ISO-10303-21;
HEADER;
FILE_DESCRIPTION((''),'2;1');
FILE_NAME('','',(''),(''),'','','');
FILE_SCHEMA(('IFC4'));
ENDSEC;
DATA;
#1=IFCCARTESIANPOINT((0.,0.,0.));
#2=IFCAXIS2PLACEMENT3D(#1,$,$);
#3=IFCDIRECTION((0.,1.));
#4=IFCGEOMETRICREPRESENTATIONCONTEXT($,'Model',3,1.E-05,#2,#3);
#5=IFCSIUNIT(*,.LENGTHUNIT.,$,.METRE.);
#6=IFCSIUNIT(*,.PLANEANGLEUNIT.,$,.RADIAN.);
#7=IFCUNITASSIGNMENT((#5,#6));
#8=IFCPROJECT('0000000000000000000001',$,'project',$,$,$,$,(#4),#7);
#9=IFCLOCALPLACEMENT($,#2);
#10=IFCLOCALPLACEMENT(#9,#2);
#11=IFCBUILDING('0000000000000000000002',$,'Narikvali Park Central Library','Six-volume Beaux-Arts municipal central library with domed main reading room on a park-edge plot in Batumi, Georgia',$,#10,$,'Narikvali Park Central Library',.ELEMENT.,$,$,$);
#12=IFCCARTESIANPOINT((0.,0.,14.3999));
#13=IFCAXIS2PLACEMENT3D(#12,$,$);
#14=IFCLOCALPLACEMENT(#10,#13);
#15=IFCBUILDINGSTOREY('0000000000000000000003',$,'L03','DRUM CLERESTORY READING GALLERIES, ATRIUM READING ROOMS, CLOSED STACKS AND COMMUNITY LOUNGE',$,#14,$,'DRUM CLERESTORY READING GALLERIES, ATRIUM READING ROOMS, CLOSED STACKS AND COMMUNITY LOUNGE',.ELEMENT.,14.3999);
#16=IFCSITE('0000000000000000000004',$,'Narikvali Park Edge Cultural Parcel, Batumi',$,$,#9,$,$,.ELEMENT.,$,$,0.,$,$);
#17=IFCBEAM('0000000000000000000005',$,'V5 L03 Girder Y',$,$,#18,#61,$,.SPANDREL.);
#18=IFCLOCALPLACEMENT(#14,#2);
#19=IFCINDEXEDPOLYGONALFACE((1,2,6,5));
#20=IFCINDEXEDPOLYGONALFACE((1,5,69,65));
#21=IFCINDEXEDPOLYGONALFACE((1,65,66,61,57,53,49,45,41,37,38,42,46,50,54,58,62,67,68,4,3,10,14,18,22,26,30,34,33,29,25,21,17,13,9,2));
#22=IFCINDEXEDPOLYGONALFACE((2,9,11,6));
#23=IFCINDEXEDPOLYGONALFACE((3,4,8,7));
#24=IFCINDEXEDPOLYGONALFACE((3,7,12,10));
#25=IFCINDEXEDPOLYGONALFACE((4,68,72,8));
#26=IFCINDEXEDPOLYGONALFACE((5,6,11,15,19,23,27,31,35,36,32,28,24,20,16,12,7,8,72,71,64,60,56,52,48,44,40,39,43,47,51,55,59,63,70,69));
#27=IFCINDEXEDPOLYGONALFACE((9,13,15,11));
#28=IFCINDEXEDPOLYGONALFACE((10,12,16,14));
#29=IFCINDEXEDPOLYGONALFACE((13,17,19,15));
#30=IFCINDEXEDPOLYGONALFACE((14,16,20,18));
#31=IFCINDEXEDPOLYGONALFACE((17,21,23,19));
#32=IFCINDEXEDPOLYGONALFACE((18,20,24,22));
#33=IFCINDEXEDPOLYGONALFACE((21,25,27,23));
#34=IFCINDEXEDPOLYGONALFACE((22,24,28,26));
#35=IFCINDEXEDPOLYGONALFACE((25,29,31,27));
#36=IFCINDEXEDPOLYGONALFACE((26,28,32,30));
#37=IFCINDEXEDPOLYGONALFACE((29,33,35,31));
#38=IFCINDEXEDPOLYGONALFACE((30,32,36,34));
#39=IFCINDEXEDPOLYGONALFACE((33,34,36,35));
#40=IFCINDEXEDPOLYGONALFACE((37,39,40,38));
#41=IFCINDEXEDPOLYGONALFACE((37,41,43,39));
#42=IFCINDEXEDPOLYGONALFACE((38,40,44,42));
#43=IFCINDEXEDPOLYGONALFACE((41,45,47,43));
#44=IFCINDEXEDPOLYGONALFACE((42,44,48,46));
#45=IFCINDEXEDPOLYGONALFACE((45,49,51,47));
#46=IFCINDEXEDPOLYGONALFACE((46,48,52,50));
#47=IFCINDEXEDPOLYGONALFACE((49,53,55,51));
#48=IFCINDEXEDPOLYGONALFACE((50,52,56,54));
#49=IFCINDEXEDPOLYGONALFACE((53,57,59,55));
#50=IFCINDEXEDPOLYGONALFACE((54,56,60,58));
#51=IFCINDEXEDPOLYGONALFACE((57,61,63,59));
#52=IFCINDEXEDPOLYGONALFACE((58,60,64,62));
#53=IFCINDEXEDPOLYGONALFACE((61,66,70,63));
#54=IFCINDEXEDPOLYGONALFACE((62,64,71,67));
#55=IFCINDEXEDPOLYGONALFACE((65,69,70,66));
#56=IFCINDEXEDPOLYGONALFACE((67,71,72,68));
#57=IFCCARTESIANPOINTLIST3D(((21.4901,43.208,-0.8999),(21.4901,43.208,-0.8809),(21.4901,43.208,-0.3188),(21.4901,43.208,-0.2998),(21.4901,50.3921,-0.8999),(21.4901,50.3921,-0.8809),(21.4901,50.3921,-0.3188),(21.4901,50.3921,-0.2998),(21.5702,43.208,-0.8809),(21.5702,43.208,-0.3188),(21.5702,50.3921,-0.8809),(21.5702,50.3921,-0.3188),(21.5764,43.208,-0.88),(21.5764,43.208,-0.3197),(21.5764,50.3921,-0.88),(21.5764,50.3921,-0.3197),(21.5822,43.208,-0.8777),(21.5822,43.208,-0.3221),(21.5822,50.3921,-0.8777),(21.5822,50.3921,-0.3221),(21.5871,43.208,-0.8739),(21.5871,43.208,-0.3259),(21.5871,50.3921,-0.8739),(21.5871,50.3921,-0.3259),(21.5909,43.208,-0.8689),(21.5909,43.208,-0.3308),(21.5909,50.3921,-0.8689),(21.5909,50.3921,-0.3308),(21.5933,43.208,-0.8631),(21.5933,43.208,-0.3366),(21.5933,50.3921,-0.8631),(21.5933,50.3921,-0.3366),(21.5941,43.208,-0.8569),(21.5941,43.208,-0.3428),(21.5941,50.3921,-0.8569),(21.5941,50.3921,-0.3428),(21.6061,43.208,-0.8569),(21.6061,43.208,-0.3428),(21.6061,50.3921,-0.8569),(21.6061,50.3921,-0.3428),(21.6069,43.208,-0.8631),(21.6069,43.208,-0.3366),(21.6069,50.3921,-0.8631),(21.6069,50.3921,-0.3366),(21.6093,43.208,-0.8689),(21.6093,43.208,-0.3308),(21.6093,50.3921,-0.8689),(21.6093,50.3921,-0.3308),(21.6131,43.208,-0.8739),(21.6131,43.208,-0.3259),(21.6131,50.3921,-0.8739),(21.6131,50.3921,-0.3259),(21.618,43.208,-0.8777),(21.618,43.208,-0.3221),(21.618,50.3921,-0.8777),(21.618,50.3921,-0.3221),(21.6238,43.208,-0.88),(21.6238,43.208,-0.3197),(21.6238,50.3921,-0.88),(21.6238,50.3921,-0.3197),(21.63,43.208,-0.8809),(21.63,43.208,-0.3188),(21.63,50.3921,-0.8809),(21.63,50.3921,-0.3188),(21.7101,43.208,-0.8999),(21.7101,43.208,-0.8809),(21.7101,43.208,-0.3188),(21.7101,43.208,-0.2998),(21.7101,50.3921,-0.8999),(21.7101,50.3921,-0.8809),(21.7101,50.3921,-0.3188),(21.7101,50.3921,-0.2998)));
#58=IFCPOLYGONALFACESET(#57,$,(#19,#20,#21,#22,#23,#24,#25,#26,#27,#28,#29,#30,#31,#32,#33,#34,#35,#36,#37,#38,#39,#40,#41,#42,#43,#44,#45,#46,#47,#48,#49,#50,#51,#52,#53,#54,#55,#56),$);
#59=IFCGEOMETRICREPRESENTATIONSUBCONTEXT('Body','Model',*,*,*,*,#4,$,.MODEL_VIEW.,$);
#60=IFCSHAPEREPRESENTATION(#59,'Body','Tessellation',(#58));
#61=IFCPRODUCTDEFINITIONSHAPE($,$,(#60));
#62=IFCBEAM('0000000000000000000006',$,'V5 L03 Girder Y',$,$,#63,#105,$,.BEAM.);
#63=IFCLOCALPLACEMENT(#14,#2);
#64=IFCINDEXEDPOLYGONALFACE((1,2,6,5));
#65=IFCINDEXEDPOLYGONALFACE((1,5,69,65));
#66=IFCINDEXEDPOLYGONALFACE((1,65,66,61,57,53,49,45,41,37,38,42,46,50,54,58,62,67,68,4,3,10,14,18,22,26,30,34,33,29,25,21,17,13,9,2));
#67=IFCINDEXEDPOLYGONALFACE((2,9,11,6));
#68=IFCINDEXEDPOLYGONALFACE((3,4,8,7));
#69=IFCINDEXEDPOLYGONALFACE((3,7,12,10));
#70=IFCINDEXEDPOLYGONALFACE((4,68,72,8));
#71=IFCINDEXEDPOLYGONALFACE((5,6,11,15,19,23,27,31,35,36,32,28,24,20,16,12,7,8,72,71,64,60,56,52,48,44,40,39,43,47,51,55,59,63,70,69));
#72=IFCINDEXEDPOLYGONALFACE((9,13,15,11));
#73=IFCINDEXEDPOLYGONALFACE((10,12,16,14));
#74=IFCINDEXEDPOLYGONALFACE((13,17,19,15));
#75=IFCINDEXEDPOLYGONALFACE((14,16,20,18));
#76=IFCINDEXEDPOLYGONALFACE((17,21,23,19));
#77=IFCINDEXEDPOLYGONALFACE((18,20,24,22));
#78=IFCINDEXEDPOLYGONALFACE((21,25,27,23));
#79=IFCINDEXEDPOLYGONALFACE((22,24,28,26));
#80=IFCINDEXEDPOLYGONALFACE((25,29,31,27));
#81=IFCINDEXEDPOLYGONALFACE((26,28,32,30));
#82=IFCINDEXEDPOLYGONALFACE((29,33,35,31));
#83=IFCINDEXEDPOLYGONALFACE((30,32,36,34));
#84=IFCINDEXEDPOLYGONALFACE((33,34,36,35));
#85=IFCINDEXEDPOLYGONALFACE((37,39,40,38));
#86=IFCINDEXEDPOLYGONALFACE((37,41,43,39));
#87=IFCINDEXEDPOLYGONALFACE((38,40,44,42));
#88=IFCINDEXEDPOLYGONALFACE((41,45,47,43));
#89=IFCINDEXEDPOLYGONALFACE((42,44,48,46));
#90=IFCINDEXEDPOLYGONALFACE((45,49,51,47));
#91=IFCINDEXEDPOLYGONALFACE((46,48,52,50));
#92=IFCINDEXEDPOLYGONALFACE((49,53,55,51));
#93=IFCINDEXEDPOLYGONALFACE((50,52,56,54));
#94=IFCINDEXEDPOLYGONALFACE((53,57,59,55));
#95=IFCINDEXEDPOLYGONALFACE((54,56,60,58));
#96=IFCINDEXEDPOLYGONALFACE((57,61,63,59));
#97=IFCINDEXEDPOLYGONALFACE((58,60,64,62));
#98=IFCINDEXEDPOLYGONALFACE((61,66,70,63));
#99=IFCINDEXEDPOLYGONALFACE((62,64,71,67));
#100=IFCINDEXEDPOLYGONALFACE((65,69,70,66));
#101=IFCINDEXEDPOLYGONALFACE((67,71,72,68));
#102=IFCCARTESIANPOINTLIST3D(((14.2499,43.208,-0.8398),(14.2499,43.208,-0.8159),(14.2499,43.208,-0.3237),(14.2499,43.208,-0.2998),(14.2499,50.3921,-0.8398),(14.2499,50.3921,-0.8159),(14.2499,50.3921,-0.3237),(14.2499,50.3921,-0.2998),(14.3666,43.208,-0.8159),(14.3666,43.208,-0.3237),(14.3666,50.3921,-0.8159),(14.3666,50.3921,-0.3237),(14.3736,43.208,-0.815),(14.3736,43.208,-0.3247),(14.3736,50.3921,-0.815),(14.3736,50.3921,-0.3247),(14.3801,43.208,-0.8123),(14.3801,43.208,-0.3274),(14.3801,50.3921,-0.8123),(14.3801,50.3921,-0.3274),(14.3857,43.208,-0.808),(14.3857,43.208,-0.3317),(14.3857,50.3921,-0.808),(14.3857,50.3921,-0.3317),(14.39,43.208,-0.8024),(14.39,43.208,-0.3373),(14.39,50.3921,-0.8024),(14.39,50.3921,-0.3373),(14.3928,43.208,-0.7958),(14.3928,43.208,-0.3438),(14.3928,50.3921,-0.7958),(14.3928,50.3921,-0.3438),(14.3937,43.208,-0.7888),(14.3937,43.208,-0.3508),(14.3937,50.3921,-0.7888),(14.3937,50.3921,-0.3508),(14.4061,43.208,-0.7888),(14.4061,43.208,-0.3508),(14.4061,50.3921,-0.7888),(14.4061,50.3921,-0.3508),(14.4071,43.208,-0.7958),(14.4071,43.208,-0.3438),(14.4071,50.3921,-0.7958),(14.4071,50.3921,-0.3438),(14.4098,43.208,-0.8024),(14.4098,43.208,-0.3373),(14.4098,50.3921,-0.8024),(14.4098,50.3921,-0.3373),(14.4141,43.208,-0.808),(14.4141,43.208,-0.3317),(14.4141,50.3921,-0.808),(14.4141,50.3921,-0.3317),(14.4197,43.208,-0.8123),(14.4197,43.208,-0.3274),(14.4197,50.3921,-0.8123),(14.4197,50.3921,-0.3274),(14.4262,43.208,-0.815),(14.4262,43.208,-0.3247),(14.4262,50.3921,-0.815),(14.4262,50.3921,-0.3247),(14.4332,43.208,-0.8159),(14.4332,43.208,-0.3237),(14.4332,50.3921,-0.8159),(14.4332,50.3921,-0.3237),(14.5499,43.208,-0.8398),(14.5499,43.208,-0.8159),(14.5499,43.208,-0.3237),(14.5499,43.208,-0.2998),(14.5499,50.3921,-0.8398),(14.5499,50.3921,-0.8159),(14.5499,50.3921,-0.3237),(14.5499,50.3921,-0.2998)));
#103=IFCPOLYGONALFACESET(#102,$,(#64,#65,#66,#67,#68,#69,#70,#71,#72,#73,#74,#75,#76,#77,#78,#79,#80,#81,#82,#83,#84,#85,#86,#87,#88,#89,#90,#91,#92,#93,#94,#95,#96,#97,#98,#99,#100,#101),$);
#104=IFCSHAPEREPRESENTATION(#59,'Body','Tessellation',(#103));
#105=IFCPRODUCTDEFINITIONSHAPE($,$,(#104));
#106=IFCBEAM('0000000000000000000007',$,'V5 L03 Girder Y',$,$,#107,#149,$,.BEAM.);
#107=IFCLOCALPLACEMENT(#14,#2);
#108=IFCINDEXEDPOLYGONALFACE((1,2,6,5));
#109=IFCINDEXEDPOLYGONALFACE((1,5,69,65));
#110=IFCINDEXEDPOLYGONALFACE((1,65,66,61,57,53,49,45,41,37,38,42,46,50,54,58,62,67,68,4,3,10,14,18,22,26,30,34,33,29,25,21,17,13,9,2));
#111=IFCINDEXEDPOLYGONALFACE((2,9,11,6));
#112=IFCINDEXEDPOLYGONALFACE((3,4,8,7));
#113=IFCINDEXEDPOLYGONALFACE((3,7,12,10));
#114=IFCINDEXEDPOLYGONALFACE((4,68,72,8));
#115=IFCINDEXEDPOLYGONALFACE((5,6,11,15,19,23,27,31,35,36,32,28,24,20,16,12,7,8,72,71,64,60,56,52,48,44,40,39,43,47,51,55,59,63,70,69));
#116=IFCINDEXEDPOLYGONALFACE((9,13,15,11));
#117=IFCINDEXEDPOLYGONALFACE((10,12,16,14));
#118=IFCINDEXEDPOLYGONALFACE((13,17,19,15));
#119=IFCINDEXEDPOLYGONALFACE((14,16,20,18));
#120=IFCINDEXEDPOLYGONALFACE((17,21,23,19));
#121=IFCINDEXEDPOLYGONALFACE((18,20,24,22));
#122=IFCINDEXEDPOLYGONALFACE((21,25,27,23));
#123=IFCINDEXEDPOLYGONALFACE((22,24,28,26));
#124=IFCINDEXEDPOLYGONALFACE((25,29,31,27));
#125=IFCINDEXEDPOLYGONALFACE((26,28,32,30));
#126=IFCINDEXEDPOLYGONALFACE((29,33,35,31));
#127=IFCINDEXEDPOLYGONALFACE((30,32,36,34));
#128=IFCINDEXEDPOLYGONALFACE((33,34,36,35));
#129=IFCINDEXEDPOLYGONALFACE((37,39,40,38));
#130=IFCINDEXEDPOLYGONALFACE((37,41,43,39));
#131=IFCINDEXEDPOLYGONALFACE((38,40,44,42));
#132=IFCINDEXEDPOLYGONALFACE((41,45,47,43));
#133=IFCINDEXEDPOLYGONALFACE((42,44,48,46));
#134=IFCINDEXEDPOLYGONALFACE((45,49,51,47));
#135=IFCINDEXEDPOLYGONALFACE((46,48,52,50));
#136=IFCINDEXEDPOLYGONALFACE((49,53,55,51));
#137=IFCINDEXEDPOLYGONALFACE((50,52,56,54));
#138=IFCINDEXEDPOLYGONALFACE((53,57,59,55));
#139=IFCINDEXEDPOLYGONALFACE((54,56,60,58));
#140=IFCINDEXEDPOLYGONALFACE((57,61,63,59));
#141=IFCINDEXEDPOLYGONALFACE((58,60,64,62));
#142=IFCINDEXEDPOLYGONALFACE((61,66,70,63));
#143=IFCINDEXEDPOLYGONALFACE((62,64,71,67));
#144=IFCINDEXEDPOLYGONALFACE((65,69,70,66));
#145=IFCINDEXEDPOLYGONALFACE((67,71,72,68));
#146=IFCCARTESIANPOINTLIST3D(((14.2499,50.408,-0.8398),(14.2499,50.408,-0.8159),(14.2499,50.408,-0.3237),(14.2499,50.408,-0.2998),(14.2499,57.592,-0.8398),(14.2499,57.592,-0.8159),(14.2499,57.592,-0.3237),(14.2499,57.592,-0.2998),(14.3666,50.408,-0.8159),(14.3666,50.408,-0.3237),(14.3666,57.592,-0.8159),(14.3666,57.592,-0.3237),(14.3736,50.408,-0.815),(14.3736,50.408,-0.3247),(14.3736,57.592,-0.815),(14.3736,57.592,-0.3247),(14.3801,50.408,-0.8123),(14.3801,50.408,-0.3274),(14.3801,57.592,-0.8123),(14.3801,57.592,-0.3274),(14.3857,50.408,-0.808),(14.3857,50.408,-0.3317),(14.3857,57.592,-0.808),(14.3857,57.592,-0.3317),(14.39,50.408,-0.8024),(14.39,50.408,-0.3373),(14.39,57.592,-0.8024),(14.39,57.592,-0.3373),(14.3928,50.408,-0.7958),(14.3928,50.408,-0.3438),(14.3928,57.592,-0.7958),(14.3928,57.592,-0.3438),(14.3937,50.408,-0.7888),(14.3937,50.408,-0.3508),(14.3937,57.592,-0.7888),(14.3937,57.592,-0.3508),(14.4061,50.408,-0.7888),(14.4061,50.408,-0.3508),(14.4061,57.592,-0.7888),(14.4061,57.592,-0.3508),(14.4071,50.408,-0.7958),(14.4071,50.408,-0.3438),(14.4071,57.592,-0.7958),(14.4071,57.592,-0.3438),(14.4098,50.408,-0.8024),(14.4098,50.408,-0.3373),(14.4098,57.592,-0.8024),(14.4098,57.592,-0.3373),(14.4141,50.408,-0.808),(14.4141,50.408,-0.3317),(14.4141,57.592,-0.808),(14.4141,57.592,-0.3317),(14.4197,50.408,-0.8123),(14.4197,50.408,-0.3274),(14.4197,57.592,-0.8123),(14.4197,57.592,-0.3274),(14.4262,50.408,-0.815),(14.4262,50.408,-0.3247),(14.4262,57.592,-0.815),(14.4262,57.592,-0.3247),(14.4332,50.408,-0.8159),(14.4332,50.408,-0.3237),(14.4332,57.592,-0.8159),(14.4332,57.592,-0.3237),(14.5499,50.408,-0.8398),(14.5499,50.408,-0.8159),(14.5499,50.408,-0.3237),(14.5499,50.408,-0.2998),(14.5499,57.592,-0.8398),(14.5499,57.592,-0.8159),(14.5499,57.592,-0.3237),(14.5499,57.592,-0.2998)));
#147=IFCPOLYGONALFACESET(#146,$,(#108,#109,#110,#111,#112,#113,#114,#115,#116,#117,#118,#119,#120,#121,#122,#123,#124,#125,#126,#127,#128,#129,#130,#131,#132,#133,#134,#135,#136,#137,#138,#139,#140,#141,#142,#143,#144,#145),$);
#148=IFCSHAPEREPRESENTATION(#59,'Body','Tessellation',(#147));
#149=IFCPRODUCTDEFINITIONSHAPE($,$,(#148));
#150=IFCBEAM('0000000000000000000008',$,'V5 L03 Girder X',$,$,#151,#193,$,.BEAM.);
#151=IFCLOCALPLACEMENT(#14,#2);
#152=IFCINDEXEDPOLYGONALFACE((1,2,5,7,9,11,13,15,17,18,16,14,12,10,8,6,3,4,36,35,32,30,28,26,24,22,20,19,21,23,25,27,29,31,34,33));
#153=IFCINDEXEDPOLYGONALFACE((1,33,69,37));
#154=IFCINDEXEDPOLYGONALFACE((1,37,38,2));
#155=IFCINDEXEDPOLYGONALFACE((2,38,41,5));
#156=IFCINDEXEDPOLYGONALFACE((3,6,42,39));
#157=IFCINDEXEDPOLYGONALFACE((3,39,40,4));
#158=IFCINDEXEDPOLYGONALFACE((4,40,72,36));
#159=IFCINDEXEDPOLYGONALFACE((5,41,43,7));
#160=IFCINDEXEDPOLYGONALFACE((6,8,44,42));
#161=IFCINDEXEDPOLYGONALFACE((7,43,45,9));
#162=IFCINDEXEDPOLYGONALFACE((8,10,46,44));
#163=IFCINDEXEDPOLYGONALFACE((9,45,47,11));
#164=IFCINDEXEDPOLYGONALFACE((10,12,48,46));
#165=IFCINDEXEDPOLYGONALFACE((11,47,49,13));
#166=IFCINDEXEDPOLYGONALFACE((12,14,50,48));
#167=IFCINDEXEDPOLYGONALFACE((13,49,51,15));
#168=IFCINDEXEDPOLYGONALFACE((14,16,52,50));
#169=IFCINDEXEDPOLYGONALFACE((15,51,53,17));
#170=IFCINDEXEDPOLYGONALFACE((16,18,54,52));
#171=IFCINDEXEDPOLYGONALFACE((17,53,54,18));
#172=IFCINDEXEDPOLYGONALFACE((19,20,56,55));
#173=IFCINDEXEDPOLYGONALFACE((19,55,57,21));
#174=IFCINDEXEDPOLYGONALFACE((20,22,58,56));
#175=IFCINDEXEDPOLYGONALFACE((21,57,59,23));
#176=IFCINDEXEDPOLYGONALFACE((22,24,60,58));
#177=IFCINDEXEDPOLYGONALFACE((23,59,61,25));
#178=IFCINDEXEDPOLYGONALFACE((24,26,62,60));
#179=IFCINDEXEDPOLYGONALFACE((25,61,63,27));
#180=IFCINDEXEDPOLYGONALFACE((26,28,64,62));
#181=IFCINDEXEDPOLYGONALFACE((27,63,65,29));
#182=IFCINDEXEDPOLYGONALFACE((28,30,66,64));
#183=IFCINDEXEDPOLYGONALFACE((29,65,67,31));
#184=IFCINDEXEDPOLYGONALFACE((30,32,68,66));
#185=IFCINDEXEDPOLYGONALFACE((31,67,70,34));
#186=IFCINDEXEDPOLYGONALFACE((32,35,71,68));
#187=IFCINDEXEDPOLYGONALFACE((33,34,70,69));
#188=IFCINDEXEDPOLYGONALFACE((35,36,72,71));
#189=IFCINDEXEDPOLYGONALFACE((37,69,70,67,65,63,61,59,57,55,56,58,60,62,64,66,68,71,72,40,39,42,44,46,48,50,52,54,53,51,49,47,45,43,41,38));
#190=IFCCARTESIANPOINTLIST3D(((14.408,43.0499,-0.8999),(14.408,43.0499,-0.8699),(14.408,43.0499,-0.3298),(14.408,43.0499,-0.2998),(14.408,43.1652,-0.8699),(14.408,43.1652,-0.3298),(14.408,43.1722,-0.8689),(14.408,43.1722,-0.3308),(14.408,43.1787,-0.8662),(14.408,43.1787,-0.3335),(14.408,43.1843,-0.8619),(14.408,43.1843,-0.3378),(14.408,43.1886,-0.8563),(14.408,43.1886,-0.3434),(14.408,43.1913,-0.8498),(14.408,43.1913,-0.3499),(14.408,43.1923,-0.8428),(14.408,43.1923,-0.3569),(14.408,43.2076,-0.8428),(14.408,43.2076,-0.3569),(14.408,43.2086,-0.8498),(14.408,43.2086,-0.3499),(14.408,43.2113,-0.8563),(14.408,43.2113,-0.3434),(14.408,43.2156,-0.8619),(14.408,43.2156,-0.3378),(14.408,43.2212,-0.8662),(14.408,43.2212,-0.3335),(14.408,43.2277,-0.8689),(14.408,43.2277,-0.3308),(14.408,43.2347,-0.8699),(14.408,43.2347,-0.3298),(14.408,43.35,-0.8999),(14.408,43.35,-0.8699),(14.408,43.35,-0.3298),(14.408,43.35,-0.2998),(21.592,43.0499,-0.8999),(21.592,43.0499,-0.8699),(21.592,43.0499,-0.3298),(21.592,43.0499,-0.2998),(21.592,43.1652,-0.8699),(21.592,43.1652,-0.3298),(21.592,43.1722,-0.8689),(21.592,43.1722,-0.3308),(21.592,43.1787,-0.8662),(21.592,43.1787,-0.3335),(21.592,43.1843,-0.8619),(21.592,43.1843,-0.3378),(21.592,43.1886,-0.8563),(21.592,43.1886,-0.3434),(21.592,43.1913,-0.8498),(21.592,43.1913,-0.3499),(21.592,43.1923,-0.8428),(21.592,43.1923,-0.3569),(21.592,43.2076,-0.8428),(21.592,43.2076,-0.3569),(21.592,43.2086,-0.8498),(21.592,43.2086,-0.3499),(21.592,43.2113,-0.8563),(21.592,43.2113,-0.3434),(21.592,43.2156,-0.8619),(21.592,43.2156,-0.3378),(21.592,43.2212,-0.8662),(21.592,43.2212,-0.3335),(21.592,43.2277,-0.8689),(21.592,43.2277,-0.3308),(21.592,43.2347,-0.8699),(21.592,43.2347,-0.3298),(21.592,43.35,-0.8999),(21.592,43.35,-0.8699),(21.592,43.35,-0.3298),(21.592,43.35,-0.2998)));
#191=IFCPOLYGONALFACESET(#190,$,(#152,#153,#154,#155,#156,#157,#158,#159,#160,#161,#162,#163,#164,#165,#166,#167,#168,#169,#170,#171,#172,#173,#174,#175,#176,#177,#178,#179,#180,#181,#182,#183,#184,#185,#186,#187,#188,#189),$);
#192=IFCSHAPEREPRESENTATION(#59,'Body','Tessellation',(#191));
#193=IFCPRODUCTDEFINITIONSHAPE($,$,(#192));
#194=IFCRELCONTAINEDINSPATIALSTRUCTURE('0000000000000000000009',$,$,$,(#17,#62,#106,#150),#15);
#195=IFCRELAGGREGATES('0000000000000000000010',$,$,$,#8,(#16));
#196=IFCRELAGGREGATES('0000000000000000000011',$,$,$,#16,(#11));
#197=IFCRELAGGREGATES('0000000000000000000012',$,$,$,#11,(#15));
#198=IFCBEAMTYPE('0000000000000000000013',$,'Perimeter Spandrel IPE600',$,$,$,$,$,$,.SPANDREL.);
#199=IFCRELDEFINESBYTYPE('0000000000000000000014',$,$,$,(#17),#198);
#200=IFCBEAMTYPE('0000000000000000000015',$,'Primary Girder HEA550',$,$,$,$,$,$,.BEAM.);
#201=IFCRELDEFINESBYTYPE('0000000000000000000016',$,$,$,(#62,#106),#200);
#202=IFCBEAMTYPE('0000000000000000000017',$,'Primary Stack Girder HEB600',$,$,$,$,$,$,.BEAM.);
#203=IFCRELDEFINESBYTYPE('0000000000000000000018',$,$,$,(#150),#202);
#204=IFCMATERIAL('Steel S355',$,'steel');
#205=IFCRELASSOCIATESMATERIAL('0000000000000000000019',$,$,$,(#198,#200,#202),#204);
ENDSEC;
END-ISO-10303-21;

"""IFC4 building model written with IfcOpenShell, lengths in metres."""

from ifc_helpers import new_model, si_unit, direction, frame, origin, origin_2d, place, context, subcontext, project, spatial, i_section, extrude, material, material_profile, profile_set, type_object, element, save


model = new_model("IFC4")

# Units and contexts
model_context = context("Model", 3, precision=1e-05, world=origin(), true_north=direction((0.0, 1.0)))
body_context = subcontext(model_context, "Body", "Model", "MODEL_VIEW")
ifc_project = project(units=[si_unit("LENGTHUNIT", "METRE"), si_unit("PLANEANGLEUNIT", "RADIAN")], contexts=[model_context])

# Site, building, storey
site_placement = place(None, origin())
site = spatial("IfcSite", under=ifc_project, at=site_placement, Name="Narikvali Park Edge Cultural Parcel, Batumi", CompositionType="ELEMENT", RefElevation=0.0)
building_placement = place(site_placement, origin())
building = spatial("IfcBuilding", under=site, at=building_placement, Name="Narikvali Park Central Library", Description="Six-volume Beaux-Arts municipal central library with domed main reading room on a park-edge plot in Batumi, Georgia", LongName="Narikvali Park Central Library", CompositionType="ELEMENT")
storey_placement = place(building_placement, frame((0.0, 0.0, 14.3999)))
storey = spatial("IfcBuildingStorey", under=building, at=storey_placement, Name="L03", Description="DRUM CLERESTORY READING GALLERIES, ATRIUM READING ROOMS, CLOSED STACKS AND COMMUNITY LOUNGE", LongName="DRUM CLERESTORY READING GALLERIES, ATRIUM READING ROOMS, CLOSED STACKS AND COMMUNITY LOUNGE", CompositionType="ELEMENT", Elevation=14.3999)

# Shared definitions
ifc_material_1 = material(Name="Steel S355", Category="steel")

# Beams
ifc_material_profile_1 = material_profile(ifc_material_1, i_section(OverallWidth=0.22, OverallDepth=0.6001, WebThickness=0.012, FlangeThickness=0.019, FilletRadius=0.0239, at=origin_2d()), Name="IPE 600")
ifc_profile_set_1 = profile_set([ifc_material_profile_1], Name="Steel S355")
beam_type_1 = type_object("IfcBeamType", Name="Perimeter Spandrel IPE600", PredefinedType="SPANDREL", material=ifc_profile_set_1)
beam_placement = place(storey_placement, frame((21.6001, 43.208, -0.5999), z_axis=(0.0, 1.0, 0.0), x_axis=(-1.0, 0.0, 0.0)))
element("IfcBeam", 1, at=beam_placement, inside=storey, type_object=beam_type_1, Name="V5 L03 Girder Y", PredefinedType="SPANDREL", context=body_context, shape_type="SweptSolid", body=[
    extrude(i_section(OverallWidth=0.22, OverallDepth=0.6001, WebThickness=0.012, FlangeThickness=0.019, FilletRadius=0.0239, at=origin_2d()), origin(), (0.0, 0.0, 1.0), 7.1841),
])
ifc_material_profile_2 = material_profile(ifc_material_1, i_section(OverallWidth=0.3, OverallDepth=0.54, WebThickness=0.0125, FlangeThickness=0.0239, FilletRadius=0.0271, at=origin_2d()), Name="HEA 550")
ifc_profile_set_2 = profile_set([ifc_material_profile_2], Name="Steel S355")
beam_type_2 = type_object("IfcBeamType", Name="Primary Girder HEA550", PredefinedType="BEAM", material=ifc_profile_set_2)
for number, where, z_axis, x_axis, name in (
    (2, (14.3999, 43.208, -0.5698), (0.0, 1.0, 0.0), (-1.0, 0.0, 0.0), "V5 L03 Girder Y"),
    (3, (14.3999, 50.408, -0.5698), (0.0, 1.0, 0.0), (-1.0, 0.0, 0.0), "V5 L03 Girder Y"),
):
    element("IfcBeam", number, at=place(storey_placement, frame(where, z_axis=z_axis, x_axis=x_axis)), inside=storey, type_object=beam_type_2, Name=name, PredefinedType="BEAM", context=body_context, shape_type="SweptSolid", body=[
        extrude(i_section(OverallWidth=0.3, OverallDepth=0.54, WebThickness=0.0125, FlangeThickness=0.0239, FilletRadius=0.0271, at=origin_2d()), origin(), (0.0, 0.0, 1.0), 7.1841),
    ])
ifc_material_profile_3 = material_profile(ifc_material_1, i_section(OverallWidth=0.3, OverallDepth=0.6001, WebThickness=0.0154, FlangeThickness=0.03, FilletRadius=0.0271, at=origin_2d()), Name="HEB 600")
ifc_profile_set_3 = profile_set([ifc_material_profile_3], Name="Steel S355")
beam_type_3 = type_object("IfcBeamType", Name="Primary Stack Girder HEB600", PredefinedType="BEAM", material=ifc_profile_set_3)
for number, where, z_axis, x_axis, name in (
    (4, (14.408, 43.2, -0.5999), (1.0, 0.0, 0.0), (0.0, 1.0, 0.0), "V5 L03 Girder X"),
):
    element("IfcBeam", number, at=place(storey_placement, frame(where, z_axis=z_axis, x_axis=x_axis)), inside=storey, type_object=beam_type_3, Name=name, PredefinedType="BEAM", context=body_context, shape_type="SweptSolid", body=[
        extrude(i_section(OverallWidth=0.3, OverallDepth=0.6001, WebThickness=0.0154, FlangeThickness=0.03, FilletRadius=0.0271, at=origin_2d()), origin(), (0.0, 0.0, 1.0), 7.1841),
    ])

save(model, "model.ifc")
